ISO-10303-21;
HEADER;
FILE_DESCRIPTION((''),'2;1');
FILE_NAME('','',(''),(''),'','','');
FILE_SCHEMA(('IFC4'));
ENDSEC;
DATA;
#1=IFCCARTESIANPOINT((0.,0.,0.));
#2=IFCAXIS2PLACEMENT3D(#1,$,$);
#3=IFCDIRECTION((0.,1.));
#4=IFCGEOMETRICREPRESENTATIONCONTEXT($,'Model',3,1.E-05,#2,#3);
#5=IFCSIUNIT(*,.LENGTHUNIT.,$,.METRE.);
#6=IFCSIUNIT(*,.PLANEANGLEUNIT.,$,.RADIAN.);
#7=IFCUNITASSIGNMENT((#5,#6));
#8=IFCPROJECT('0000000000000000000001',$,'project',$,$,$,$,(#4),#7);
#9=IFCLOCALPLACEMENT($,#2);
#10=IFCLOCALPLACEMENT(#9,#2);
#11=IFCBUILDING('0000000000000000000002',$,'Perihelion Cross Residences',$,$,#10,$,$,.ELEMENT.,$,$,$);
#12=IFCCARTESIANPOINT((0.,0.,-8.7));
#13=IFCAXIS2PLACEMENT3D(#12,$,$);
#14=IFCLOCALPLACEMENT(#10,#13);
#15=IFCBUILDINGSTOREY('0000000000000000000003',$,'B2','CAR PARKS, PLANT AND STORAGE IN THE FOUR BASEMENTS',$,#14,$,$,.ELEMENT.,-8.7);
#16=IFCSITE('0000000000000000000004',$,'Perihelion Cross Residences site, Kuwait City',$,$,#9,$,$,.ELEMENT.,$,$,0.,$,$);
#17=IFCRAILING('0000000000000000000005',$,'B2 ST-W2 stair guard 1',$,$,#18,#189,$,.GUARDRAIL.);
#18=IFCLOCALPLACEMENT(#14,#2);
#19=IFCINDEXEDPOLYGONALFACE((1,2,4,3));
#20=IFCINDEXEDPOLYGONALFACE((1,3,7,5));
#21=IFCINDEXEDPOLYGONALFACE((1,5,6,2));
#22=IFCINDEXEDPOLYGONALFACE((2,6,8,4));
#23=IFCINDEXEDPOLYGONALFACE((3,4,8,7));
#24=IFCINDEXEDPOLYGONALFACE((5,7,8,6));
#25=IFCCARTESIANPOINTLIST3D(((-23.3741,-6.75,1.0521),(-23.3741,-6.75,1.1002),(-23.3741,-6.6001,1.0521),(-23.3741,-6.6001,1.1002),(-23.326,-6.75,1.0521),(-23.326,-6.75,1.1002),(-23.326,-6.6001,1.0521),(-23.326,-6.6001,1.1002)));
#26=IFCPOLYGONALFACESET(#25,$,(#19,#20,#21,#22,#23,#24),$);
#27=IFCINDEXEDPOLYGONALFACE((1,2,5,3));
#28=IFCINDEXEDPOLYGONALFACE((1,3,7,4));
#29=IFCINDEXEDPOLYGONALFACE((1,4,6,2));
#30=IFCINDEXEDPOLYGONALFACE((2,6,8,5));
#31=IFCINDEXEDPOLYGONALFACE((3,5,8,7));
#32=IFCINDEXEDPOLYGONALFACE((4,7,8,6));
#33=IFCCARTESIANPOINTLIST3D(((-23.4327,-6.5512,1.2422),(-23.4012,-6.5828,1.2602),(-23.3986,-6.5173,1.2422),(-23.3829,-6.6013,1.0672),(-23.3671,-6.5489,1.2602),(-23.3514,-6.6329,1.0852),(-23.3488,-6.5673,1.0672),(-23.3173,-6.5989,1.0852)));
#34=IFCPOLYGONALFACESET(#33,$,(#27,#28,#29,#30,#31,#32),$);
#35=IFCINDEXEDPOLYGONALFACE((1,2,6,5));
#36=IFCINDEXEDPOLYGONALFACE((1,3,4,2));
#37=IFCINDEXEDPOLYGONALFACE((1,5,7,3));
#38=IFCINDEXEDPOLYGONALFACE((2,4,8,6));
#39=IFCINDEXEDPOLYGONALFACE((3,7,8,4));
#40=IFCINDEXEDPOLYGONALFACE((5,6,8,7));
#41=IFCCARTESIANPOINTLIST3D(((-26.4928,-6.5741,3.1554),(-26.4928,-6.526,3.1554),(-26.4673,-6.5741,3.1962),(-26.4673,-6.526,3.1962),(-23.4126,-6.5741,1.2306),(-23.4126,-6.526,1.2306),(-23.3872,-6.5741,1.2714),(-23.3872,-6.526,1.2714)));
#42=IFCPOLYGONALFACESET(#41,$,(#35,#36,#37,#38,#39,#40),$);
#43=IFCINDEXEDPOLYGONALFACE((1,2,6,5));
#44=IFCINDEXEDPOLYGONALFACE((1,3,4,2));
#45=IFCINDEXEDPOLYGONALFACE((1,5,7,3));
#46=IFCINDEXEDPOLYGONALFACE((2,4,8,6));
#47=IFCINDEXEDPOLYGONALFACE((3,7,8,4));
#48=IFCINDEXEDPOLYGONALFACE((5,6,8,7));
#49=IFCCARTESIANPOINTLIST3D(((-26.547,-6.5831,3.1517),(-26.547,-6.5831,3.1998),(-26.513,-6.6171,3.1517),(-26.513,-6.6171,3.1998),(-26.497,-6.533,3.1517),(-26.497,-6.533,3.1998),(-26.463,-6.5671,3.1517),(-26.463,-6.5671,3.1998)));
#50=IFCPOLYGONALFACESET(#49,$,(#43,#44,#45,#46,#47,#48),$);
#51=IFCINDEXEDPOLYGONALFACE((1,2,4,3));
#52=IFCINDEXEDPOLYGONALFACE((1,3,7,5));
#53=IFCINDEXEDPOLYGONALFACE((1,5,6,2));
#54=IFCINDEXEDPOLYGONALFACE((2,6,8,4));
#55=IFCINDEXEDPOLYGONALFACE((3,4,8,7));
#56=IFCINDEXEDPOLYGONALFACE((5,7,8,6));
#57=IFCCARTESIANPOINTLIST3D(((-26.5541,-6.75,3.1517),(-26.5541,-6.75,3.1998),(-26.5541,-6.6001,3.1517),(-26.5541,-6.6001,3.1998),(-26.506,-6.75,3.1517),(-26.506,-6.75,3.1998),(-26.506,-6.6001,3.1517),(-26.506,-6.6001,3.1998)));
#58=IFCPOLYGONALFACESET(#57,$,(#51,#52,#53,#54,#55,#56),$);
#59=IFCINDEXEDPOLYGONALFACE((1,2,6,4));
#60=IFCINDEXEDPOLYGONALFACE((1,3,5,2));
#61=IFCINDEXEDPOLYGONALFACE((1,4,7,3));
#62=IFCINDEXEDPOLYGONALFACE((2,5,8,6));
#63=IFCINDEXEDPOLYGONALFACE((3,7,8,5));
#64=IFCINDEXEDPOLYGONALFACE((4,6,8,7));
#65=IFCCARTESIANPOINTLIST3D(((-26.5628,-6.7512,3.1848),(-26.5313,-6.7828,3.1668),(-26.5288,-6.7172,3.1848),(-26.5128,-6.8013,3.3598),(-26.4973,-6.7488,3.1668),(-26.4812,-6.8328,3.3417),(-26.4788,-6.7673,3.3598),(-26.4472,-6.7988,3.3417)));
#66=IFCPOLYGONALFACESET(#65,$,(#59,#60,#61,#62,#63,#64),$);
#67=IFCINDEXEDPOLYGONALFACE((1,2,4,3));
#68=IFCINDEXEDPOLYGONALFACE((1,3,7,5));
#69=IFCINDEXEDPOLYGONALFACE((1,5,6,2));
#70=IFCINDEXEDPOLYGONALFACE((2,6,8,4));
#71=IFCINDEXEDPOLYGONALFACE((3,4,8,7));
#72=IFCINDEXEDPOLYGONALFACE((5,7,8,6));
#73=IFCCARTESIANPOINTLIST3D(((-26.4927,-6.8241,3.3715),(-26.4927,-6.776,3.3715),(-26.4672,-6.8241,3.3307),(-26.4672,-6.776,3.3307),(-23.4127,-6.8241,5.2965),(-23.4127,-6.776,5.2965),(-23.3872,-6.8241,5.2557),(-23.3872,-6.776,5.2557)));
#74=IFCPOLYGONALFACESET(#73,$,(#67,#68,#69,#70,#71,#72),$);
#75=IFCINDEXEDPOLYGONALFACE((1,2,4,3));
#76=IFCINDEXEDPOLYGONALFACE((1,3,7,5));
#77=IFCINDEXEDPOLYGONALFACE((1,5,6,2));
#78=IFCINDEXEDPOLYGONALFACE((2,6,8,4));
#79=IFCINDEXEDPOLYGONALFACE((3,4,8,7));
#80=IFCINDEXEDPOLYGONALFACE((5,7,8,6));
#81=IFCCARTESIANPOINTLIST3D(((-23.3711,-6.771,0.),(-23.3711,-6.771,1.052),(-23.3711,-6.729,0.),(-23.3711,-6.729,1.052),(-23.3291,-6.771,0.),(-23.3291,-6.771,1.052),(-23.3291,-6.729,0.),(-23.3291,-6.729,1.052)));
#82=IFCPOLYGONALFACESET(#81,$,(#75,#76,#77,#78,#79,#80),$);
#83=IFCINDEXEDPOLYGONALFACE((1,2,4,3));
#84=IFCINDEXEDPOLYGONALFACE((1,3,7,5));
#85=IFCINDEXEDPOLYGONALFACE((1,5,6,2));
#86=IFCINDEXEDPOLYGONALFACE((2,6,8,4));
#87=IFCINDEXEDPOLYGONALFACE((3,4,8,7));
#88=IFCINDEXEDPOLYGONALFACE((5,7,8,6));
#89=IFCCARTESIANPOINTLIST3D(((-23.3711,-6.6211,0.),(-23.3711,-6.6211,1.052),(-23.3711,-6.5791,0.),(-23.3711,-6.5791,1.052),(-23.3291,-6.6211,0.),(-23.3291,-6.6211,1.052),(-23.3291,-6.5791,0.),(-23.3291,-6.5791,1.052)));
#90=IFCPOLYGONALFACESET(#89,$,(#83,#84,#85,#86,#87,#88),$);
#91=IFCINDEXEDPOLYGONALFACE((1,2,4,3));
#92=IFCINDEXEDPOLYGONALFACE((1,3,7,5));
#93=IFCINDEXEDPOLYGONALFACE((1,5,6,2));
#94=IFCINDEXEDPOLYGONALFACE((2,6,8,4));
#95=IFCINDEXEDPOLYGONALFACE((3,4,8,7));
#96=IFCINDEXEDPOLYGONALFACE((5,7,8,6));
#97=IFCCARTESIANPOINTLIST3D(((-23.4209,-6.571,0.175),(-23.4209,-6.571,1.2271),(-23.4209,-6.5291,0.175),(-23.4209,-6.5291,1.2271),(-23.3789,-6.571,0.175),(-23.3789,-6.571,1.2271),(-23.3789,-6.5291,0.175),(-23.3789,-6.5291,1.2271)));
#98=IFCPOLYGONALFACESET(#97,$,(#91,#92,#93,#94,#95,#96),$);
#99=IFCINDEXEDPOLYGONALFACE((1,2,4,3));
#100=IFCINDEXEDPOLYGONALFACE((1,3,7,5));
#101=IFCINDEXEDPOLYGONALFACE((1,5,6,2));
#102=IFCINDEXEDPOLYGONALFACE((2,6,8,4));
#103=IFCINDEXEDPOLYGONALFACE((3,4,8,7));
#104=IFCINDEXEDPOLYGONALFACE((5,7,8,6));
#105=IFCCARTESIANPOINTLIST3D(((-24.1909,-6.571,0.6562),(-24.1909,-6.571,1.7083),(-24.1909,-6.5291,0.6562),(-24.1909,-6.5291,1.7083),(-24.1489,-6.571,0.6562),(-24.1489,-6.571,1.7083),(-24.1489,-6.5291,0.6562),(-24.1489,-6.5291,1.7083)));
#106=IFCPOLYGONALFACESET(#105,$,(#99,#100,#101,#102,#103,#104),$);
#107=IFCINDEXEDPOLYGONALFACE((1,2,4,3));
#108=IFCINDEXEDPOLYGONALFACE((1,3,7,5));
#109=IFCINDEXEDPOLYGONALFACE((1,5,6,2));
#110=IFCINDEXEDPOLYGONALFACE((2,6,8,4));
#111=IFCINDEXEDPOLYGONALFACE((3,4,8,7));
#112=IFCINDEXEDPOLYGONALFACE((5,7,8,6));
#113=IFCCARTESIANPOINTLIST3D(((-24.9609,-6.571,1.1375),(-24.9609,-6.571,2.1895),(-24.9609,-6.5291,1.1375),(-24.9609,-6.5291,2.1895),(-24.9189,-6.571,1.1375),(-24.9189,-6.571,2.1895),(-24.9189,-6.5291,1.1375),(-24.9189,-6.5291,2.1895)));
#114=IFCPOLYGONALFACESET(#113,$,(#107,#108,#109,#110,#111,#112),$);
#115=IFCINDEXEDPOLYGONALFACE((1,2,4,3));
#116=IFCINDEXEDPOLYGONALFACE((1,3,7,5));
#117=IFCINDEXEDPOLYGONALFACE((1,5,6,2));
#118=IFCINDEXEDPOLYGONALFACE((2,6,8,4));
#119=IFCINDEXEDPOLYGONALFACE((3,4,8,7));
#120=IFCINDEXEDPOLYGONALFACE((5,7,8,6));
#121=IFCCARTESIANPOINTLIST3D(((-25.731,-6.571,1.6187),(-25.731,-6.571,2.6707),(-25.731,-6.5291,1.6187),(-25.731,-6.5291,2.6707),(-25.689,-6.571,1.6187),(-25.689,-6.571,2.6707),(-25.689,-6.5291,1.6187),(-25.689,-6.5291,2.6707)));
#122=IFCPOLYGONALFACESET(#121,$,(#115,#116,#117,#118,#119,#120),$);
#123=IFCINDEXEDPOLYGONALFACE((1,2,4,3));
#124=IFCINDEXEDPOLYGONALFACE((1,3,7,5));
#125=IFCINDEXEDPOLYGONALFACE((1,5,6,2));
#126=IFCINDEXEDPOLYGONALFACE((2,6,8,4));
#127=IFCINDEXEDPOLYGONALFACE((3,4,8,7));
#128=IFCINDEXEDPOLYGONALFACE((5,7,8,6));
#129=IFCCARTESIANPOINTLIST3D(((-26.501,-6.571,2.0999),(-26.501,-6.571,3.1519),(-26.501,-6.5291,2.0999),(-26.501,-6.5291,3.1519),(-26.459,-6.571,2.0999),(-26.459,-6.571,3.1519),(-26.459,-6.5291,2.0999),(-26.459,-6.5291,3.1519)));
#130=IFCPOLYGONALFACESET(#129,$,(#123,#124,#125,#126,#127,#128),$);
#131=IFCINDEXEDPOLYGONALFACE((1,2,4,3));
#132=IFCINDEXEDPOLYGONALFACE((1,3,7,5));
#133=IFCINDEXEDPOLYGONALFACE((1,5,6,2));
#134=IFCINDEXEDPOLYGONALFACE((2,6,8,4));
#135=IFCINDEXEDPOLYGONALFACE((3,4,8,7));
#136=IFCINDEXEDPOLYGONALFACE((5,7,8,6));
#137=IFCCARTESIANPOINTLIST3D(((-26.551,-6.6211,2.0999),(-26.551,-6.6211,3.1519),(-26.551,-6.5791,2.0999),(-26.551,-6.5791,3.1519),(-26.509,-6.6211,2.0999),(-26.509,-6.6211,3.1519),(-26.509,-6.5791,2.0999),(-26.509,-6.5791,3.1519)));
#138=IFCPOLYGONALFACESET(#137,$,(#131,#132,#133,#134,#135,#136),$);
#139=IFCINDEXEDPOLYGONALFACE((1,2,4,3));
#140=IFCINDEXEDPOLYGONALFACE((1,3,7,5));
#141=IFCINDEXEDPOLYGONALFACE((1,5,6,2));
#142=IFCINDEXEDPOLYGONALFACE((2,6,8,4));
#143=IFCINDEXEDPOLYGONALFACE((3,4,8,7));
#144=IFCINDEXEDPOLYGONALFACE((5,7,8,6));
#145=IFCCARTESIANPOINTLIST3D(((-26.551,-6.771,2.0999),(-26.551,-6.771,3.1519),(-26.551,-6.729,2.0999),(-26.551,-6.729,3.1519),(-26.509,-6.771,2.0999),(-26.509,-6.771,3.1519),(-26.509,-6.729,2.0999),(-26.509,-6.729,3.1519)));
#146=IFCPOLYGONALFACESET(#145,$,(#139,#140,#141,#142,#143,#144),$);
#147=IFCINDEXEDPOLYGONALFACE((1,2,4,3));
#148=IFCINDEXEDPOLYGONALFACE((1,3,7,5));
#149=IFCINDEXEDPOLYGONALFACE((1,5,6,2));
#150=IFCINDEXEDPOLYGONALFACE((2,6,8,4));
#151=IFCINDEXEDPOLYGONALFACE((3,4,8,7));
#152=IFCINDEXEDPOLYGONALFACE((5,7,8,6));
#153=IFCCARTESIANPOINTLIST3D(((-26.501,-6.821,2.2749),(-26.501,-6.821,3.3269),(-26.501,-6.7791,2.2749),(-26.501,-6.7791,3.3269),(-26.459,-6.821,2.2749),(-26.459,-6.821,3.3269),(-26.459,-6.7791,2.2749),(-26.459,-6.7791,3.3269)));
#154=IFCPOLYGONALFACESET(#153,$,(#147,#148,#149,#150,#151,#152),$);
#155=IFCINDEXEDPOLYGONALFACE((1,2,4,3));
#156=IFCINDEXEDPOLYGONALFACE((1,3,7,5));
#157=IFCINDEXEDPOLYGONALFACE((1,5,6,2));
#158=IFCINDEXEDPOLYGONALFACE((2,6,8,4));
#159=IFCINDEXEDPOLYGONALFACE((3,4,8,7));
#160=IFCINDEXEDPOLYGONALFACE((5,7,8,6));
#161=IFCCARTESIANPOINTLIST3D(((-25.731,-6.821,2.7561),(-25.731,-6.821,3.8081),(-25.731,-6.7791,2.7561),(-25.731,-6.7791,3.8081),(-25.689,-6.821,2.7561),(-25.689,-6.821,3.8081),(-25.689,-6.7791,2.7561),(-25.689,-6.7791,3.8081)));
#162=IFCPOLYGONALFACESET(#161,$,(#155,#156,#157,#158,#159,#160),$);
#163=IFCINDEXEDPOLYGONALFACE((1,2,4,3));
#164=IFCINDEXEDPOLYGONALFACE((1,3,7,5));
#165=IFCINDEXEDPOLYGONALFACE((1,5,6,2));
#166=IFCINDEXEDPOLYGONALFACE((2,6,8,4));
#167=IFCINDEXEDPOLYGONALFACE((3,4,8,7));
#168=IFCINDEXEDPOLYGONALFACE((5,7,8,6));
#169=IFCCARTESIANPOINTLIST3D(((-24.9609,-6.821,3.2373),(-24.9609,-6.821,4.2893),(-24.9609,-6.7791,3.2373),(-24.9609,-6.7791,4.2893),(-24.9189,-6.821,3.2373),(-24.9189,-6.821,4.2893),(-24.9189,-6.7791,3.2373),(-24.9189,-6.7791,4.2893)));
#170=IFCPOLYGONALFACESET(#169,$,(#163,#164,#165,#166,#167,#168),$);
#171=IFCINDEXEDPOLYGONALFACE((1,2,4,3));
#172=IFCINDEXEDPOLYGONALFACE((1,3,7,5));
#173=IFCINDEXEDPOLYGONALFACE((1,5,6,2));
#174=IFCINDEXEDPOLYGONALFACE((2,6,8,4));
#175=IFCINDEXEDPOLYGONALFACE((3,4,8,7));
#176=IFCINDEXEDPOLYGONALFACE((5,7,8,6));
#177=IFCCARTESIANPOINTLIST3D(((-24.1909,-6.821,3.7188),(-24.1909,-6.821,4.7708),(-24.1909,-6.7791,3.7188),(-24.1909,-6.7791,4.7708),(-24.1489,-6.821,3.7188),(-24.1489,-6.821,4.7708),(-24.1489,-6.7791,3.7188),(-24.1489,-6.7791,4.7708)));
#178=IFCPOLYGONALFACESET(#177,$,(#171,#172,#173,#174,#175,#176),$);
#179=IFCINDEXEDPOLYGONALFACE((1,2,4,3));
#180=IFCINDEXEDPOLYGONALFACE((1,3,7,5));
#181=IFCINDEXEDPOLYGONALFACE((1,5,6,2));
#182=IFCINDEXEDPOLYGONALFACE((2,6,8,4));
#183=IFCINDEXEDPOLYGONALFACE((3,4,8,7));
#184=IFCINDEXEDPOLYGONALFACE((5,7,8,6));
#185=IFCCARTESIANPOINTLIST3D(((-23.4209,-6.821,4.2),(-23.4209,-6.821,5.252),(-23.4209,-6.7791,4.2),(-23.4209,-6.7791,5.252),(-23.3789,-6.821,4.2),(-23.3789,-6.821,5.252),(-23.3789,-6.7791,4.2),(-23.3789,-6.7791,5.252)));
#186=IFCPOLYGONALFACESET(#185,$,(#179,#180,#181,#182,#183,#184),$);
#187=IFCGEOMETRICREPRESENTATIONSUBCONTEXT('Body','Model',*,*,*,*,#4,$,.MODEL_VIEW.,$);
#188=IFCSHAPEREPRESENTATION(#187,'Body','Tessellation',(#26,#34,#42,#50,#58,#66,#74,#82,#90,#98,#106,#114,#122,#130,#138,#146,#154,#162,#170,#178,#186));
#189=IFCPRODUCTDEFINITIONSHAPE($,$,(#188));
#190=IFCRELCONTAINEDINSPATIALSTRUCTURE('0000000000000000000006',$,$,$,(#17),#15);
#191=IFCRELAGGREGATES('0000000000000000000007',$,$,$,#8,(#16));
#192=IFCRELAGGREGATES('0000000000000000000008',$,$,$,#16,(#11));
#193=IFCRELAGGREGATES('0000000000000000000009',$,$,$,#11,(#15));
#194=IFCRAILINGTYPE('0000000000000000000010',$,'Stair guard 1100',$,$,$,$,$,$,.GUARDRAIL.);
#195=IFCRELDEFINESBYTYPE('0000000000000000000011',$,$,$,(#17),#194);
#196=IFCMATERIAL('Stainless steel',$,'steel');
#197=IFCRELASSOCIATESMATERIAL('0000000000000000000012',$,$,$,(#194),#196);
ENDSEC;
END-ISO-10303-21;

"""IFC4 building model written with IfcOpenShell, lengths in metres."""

from ifc_helpers import new_model, si_unit, direction, frame, origin, origin_2d, place, context, subcontext, project, spatial, rectangle, extrude, material, type_object, element, save


model = new_model("IFC4")

# Units and contexts
model_context = context("Model", 3, precision=1e-05, world=origin(), true_north=direction((0.0, 1.0)))
body_context = subcontext(model_context, "Body", "Model", "MODEL_VIEW")
ifc_project = project(units=[si_unit("LENGTHUNIT", "METRE"), si_unit("PLANEANGLEUNIT", "RADIAN")], contexts=[model_context])

# Site, building, storey
site_placement = place(None, origin())
site = spatial("IfcSite", under=ifc_project, at=site_placement, Name="Perihelion Cross Residences site, Kuwait City", CompositionType="ELEMENT", RefElevation=0.0)
building_placement = place(site_placement, origin())
building = spatial("IfcBuilding", under=site, at=building_placement, Name="Perihelion Cross Residences", CompositionType="ELEMENT")
storey_placement = place(building_placement, frame((0.0, 0.0, -8.7)))
storey = spatial("IfcBuildingStorey", under=building, at=storey_placement, Name="B2", Description="CAR PARKS, PLANT AND STORAGE IN THE FOUR BASEMENTS", CompositionType="ELEMENT", Elevation=-8.7)

# Railing
ifc_material_1 = material(Name="Stainless steel", Category="steel")
railing_type_1 = type_object("IfcRailingType", Name="Stair guard 1100", PredefinedType="GUARDRAIL", material=ifc_material_1)
railing_1_placement = place(storey_placement, frame((-23.3501, -6.75, 0.0)))
element("IfcRailing", 1, at=railing_1_placement, inside=storey, type_object=railing_type_1, Name="B2 ST-W2 stair guard 1", PredefinedType="GUARDRAIL", context=body_context, shape_type="SweptSolid", body=[
    extrude(rectangle(XDim=0.0481, YDim=0.0481, at=origin_2d()), frame((0.0, 0.0, 1.0762), z_axis=(0.0, 1.0, 0.0), x_axis=(-1.0, 0.0, 0.0)), (0.0, 0.0, 1.0), 0.1499),
    extrude(rectangle(XDim=0.0481, YDim=0.0481, at=origin_2d()), frame((0.0, 0.1499, 1.0762), z_axis=(-0.263862, 0.265156, 0.927399), x_axis=(-0.708834, -0.705376, 0.0)), (0.0, 0.0, 1.0), 0.1887),
    extrude(rectangle(XDim=0.0481, YDim=0.0481, at=origin_2d()), frame((-0.0498, 0.2, 1.251), z_axis=(-0.848029, 0.0, 0.529951), x_axis=(0.0, -1.0, 0.0)), (0.0, 0.0, 1.0), 3.6321),
    extrude(rectangle(XDim=0.0481, YDim=0.0481, at=origin_2d()), frame((-3.1299, 0.2, 3.1758), z_axis=(-0.707107, -0.707107, 0.0), x_axis=(0.707107, -0.707107, 0.0)), (0.0, 0.0, 1.0), 0.0708),
    extrude(rectangle(XDim=0.0481, YDim=0.0481, at=origin_2d()), frame((-3.1799, 0.1499, 3.1758), z_axis=(0.0, -1.0, 0.0), x_axis=(1.0, 0.0, 0.0)), (0.0, 0.0, 1.0), 0.1499),
    extrude(rectangle(XDim=0.0481, YDim=0.0481, at=origin_2d()), frame((-3.1799, 0.0, 3.1758), z_axis=(0.265065, -0.265065, 0.927082), x_axis=(0.707107, 0.707107, 0.0)), (0.0, 0.0, 1.0), 0.1887),
    extrude(rectangle(XDim=0.0481, YDim=0.0481, at=origin_2d()), frame((-3.1299, -0.05, 3.3511), z_axis=(0.847998, 0.0, 0.529999), x_axis=(0.0, 1.0, 0.0)), (0.0, 0.0, 1.0), 3.6321),
    extrude(rectangle(XDim=0.042, YDim=0.042, at=origin_2d()), origin(), (0.0, 0.0, 1.0), 1.052),
    extrude(rectangle(XDim=0.042, YDim=0.042, at=origin_2d()), frame((0.0, 0.1499, 0.0)), (0.0, 0.0, 1.0), 1.052),
    extrude(rectangle(XDim=0.042, YDim=0.042, at=origin_2d()), frame((-0.0498, 0.2, 0.175)), (0.0, 0.0, 1.0), 1.052),
    extrude(rectangle(XDim=0.042, YDim=0.042, at=origin_2d()), frame((-0.8198, 0.2, 0.6562)), (0.0, 0.0, 1.0), 1.052),
    extrude(rectangle(XDim=0.042, YDim=0.042, at=origin_2d()), frame((-1.5898, 0.2, 1.1375)), (0.0, 0.0, 1.0), 1.052),
    extrude(rectangle(XDim=0.042, YDim=0.042, at=origin_2d()), frame((-2.3599, 0.2, 1.6187)), (0.0, 0.0, 1.0), 1.052),
    extrude(rectangle(XDim=0.042, YDim=0.042, at=origin_2d()), frame((-3.1299, 0.2, 2.0999)), (0.0, 0.0, 1.0), 1.052),
    extrude(rectangle(XDim=0.042, YDim=0.042, at=origin_2d()), frame((-3.1799, 0.1499, 2.0999)), (0.0, 0.0, 1.0), 1.052),
    extrude(rectangle(XDim=0.042, YDim=0.042, at=origin_2d()), frame((-3.1799, 0.0, 2.0999)), (0.0, 0.0, 1.0), 1.052),
    extrude(rectangle(XDim=0.042, YDim=0.042, at=origin_2d()), frame((-3.1299, -0.05, 2.2749)), (0.0, 0.0, 1.0), 1.052),
    extrude(rectangle(XDim=0.042, YDim=0.042, at=origin_2d()), frame((-2.3599, -0.05, 2.7561)), (0.0, 0.0, 1.0), 1.052),
    extrude(rectangle(XDim=0.042, YDim=0.042, at=origin_2d()), frame((-1.5898, -0.05, 3.2373)), (0.0, 0.0, 1.0), 1.052),
    extrude(rectangle(XDim=0.042, YDim=0.042, at=origin_2d()), frame((-0.8198, -0.05, 3.7188)), (0.0, 0.0, 1.0), 1.052),
    extrude(rectangle(XDim=0.042, YDim=0.042, at=origin_2d()), frame((-0.0498, -0.05, 4.2)), (0.0, 0.0, 1.0), 1.052),
])

save(model, "model.ifc")
